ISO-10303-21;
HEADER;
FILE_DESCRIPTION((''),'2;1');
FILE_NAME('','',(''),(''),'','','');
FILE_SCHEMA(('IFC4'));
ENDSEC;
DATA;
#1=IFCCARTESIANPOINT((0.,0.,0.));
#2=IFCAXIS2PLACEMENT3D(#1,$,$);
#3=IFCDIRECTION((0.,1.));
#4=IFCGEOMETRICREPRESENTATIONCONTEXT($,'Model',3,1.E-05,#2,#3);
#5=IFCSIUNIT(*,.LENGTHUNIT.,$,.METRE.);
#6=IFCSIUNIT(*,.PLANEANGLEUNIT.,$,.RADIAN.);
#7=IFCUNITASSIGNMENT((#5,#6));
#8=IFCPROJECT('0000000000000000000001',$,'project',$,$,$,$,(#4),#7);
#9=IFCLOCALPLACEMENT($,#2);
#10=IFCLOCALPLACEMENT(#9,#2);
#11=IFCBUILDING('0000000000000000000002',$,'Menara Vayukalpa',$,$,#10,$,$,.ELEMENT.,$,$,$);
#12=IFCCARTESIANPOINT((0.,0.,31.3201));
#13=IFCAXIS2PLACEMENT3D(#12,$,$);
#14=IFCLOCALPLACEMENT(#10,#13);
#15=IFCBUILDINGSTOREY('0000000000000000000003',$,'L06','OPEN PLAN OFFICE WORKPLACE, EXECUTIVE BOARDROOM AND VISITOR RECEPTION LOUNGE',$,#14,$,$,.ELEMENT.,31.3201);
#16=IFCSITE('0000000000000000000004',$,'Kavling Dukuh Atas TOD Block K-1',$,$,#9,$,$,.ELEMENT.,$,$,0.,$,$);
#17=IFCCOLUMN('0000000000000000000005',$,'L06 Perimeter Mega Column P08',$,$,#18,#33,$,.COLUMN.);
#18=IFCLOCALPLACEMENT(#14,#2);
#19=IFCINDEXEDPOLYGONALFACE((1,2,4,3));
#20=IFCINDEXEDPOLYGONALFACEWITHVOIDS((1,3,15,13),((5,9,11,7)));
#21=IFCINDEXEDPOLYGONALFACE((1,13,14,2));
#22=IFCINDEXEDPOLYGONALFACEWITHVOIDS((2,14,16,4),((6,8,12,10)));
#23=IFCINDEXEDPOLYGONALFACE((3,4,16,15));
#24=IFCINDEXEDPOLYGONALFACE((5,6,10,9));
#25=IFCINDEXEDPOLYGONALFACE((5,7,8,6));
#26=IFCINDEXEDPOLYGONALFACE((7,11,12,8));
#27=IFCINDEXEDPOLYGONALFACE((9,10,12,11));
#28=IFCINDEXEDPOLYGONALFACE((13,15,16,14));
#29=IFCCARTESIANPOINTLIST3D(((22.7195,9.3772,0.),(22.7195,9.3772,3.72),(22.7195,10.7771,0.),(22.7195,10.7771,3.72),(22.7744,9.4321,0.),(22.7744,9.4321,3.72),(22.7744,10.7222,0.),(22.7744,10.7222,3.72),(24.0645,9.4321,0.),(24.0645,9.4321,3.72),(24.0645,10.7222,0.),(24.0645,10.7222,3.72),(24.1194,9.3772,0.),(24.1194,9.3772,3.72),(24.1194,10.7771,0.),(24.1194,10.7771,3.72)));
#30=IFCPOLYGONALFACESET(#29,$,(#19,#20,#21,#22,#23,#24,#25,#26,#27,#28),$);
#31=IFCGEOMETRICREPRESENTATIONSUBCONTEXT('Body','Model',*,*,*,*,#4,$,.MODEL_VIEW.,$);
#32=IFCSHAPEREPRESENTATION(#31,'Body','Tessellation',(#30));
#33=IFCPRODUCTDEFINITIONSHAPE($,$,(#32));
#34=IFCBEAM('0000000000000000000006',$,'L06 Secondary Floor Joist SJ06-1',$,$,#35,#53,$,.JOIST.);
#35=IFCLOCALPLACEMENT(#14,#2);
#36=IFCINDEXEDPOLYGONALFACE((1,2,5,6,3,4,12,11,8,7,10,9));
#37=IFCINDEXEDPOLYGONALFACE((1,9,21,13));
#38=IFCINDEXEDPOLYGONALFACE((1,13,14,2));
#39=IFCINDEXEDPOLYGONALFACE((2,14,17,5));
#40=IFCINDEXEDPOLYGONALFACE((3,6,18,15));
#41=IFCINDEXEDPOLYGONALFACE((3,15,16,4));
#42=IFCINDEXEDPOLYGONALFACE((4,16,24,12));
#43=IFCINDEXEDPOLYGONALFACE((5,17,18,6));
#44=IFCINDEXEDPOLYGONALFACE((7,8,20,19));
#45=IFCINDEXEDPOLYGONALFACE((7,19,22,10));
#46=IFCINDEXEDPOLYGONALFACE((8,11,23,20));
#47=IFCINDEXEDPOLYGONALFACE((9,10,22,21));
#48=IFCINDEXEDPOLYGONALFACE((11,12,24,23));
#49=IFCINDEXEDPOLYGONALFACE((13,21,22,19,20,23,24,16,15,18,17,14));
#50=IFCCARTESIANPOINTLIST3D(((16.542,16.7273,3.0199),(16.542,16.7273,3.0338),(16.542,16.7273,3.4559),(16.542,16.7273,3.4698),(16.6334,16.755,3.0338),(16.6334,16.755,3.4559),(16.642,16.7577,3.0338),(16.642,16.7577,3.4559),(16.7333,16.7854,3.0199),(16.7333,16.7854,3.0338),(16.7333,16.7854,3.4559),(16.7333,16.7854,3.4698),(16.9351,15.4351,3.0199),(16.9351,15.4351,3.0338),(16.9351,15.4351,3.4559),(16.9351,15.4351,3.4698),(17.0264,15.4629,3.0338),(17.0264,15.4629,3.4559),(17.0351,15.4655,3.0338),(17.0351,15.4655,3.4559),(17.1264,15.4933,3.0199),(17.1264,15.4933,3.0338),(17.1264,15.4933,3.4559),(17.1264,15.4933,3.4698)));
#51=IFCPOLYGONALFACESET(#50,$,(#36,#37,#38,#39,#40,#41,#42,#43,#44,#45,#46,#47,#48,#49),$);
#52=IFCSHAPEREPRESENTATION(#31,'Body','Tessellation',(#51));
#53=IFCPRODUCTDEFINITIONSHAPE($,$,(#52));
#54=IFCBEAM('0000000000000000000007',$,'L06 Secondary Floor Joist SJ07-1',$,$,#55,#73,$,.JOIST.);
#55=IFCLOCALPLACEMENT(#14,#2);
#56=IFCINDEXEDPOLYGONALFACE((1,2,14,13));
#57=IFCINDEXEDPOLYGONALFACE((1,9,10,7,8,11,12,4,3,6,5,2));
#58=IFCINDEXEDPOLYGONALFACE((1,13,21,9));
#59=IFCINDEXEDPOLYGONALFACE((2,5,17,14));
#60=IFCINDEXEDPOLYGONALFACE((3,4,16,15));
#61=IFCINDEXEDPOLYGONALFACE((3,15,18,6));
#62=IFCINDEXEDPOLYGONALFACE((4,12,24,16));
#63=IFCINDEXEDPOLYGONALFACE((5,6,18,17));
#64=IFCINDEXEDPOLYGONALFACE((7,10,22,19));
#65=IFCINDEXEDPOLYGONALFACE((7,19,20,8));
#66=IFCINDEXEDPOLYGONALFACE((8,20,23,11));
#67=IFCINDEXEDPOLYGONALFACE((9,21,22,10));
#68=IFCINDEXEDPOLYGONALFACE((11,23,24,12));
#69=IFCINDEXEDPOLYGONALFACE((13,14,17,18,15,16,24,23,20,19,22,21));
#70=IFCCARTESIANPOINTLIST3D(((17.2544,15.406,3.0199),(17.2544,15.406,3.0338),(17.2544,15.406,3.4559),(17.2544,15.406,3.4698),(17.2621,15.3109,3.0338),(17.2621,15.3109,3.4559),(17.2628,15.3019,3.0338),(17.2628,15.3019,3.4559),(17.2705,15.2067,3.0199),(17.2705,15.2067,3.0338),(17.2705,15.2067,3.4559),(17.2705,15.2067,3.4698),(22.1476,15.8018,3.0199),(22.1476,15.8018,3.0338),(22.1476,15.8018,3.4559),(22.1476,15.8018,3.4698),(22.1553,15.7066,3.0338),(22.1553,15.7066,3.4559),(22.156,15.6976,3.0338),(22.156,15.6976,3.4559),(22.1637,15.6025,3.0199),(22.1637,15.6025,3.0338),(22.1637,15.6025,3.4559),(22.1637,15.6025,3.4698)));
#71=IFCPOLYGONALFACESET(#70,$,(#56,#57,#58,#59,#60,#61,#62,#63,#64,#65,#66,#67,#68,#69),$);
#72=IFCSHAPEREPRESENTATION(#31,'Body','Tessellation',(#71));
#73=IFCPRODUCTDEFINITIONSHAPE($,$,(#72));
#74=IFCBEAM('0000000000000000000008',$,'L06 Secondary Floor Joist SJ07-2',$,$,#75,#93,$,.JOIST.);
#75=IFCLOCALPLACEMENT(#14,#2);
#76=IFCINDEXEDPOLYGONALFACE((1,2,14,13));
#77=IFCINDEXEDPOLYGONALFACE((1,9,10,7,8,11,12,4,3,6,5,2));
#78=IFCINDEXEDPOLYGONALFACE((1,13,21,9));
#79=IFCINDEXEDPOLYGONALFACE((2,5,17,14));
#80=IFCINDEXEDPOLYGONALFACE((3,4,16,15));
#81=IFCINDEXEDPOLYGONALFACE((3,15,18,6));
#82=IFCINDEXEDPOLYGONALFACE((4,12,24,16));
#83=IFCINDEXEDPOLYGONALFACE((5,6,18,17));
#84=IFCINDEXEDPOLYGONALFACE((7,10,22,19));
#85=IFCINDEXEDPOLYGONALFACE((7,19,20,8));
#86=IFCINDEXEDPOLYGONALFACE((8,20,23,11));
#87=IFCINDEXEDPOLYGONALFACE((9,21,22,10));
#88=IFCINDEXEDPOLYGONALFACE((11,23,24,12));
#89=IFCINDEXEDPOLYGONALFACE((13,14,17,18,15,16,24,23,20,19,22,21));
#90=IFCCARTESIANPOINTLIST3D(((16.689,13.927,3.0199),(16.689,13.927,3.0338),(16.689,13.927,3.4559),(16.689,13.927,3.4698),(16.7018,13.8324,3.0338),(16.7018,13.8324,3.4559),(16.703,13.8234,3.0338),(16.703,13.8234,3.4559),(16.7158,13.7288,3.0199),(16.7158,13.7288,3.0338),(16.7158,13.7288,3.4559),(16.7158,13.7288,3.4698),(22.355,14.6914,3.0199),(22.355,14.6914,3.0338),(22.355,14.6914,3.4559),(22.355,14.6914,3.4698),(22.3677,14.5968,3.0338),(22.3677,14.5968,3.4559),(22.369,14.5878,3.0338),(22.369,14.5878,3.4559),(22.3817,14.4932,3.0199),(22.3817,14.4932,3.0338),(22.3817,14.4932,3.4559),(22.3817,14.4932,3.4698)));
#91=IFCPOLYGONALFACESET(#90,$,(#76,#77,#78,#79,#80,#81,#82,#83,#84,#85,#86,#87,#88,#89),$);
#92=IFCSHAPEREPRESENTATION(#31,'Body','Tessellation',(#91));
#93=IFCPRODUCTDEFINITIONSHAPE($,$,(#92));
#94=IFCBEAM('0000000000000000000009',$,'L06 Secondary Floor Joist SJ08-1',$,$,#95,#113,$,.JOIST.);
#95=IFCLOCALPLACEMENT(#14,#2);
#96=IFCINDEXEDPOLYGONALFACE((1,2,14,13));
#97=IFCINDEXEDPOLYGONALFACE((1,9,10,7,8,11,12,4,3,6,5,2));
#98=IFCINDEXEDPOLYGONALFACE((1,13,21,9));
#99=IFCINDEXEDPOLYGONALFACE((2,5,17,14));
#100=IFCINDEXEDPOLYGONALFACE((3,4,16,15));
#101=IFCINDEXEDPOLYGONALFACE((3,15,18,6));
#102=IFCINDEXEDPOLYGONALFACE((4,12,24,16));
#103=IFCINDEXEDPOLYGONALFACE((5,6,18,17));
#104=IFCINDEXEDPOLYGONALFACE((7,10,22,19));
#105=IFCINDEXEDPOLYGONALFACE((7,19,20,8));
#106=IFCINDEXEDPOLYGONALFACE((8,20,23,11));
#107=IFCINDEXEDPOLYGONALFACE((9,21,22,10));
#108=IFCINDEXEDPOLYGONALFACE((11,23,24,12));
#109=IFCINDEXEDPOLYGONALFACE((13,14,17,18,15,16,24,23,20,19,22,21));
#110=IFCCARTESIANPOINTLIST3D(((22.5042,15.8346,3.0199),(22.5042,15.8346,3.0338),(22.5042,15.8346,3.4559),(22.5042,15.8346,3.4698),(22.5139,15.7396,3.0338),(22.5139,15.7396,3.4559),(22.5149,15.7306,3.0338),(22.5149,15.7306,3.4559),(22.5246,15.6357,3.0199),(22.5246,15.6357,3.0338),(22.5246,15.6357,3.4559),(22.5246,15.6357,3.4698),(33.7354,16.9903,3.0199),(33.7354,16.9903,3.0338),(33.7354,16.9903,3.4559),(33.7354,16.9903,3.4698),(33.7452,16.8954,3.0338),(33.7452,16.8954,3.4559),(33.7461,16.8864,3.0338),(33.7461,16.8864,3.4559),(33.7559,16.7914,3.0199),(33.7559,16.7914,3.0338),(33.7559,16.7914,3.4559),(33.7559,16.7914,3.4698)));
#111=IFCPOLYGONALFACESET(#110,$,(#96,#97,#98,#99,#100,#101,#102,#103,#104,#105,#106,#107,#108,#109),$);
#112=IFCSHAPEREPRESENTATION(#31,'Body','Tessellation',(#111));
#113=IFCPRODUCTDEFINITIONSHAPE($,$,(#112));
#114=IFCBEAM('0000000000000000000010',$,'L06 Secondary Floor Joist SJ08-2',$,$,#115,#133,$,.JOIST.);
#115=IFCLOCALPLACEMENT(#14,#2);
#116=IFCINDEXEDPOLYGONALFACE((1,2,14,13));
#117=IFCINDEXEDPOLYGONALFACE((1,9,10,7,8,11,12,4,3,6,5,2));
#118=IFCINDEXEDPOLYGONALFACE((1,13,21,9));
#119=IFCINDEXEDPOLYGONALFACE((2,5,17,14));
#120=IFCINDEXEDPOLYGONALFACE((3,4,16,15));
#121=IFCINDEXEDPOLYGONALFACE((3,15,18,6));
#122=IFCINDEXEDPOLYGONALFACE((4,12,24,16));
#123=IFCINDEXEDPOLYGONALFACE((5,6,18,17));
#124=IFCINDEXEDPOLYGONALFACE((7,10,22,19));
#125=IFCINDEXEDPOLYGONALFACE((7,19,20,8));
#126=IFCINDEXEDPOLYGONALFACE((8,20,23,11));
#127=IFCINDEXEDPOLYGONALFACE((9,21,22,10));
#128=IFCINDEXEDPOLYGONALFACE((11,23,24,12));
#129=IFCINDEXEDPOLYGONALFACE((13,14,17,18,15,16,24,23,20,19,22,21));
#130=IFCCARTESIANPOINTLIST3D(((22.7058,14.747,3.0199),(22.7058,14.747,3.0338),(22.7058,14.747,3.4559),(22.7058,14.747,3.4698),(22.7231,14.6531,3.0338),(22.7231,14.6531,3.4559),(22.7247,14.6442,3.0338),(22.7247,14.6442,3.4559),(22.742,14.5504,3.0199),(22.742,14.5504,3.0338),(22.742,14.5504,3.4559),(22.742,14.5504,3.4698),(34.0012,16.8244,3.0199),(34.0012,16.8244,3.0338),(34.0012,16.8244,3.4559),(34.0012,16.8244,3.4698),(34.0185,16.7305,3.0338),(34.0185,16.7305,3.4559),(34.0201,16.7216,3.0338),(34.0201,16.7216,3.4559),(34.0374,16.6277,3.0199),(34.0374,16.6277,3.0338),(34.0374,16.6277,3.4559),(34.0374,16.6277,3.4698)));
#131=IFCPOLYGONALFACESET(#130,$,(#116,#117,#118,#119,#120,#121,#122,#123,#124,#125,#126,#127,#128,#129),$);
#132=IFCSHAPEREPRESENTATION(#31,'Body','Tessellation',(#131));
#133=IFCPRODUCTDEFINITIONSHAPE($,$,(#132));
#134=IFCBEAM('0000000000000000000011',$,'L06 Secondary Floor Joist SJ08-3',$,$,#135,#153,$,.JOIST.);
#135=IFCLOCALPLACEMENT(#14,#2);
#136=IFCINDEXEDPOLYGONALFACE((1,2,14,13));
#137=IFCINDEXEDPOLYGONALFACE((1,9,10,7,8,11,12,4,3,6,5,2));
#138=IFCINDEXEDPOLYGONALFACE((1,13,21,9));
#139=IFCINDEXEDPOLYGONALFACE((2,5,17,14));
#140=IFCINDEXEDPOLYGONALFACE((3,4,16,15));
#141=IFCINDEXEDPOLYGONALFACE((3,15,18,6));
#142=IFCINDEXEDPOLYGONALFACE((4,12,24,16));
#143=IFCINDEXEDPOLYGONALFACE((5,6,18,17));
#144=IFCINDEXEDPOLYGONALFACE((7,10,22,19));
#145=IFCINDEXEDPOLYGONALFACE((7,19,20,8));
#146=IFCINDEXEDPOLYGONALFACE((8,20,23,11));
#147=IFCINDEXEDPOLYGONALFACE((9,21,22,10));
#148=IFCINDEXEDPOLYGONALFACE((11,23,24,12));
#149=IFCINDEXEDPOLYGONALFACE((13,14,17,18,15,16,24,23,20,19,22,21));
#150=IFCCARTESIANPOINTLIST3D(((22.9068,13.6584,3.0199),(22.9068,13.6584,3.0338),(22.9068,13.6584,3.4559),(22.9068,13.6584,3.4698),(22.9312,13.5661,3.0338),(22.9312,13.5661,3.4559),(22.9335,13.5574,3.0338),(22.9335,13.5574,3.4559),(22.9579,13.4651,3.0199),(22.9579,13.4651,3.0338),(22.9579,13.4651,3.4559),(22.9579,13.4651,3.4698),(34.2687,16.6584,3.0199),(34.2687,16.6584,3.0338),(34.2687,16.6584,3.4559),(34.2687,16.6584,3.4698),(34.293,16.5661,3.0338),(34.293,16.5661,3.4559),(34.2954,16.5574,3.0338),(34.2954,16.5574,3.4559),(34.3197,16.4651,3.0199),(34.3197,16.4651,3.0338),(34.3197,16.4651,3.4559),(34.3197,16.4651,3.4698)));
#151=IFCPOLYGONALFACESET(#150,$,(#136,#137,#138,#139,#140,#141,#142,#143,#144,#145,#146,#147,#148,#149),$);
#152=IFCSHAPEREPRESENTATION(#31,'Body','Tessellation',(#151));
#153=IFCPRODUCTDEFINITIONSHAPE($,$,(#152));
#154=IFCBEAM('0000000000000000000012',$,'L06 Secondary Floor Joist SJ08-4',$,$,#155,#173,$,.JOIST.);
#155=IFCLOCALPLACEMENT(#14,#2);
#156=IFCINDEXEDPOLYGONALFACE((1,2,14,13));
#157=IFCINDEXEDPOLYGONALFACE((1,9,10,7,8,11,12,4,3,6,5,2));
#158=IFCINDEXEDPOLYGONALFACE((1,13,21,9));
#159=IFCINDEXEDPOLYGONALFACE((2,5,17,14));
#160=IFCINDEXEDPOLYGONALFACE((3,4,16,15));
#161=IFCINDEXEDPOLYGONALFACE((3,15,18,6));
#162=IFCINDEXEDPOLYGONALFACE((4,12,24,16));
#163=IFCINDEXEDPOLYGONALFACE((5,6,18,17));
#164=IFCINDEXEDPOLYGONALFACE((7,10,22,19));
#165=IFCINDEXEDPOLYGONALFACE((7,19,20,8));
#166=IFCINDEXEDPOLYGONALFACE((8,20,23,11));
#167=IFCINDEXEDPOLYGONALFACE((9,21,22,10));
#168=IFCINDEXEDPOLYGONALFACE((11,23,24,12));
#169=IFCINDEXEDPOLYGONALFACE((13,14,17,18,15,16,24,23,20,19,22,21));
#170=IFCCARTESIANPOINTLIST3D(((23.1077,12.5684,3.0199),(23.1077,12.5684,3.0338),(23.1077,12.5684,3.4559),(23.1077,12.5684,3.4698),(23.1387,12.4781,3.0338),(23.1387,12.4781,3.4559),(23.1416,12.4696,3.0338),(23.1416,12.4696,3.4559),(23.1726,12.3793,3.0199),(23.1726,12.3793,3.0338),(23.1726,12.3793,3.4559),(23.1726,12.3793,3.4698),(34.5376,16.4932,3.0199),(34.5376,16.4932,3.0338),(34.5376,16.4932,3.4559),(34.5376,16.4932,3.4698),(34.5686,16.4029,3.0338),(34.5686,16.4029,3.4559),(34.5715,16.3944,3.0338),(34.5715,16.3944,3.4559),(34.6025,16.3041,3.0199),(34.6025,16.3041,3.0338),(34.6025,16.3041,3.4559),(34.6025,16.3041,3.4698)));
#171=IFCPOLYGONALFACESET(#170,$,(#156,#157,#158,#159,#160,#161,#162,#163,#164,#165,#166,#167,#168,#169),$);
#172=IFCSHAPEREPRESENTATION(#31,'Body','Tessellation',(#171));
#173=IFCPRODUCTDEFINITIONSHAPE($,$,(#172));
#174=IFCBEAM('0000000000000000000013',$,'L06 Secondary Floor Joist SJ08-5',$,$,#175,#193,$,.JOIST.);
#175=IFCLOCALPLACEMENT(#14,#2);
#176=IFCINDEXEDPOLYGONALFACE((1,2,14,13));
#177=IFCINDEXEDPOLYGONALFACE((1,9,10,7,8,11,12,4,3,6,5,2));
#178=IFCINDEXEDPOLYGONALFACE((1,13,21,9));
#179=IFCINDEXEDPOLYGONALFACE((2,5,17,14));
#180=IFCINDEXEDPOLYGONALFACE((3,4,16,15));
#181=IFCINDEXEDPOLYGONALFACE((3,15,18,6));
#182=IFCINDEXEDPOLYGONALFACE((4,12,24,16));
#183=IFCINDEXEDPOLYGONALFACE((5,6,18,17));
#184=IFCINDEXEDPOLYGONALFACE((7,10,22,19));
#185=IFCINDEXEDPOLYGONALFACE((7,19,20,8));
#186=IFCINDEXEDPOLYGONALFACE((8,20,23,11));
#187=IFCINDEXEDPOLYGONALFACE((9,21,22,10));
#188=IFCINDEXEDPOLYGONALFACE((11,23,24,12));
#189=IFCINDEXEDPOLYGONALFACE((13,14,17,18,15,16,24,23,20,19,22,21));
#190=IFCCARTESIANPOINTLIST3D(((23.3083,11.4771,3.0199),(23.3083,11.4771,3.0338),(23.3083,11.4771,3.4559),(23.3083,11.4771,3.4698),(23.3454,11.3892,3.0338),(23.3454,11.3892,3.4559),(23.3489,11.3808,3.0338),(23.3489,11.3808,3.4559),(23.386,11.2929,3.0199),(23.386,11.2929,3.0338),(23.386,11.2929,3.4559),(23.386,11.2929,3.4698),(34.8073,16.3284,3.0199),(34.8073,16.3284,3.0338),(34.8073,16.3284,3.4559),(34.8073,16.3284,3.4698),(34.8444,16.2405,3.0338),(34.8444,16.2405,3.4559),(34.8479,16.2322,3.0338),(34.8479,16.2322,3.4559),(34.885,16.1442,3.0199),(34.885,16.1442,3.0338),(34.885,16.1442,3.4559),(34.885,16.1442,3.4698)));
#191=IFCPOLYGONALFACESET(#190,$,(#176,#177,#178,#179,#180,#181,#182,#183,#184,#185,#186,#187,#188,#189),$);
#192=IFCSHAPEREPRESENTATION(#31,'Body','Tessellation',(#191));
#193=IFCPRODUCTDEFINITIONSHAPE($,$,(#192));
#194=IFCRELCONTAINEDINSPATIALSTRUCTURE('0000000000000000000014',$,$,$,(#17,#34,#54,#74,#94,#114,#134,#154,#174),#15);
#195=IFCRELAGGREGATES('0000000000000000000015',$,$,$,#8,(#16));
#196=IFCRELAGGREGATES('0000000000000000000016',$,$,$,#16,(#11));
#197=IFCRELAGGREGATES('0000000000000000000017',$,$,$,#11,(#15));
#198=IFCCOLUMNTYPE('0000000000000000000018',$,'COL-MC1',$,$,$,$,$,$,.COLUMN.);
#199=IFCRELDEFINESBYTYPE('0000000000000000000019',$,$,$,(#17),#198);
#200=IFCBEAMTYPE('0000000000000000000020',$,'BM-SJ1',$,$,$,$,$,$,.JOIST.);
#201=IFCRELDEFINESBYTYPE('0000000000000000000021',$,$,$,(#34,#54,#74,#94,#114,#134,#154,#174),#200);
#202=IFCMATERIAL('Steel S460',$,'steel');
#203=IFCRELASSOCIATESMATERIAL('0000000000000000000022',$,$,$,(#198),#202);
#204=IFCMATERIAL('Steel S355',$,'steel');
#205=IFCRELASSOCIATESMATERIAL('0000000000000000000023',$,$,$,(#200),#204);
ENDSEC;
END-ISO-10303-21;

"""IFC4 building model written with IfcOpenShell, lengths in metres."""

from ifc_helpers import new_model, si_unit, direction, frame, origin, origin_2d, place, context, subcontext, project, spatial, hollow_rectangle, i_section, extrude, material, material_profile, profile_set, type_object, element, save


model = new_model("IFC4")

# Units and contexts
model_context = context("Model", 3, precision=1e-05, world=origin(), true_north=direction((0.0, 1.0)))
body_context = subcontext(model_context, "Body", "Model", "MODEL_VIEW")
ifc_project = project(units=[si_unit("LENGTHUNIT", "METRE"), si_unit("PLANEANGLEUNIT", "RADIAN")], contexts=[model_context])

# Site, building, storey
site_placement = place(None, origin())
site = spatial("IfcSite", under=ifc_project, at=site_placement, Name="Kavling Dukuh Atas TOD Block K-1", CompositionType="ELEMENT", RefElevation=0.0)
building_placement = place(site_placement, origin())
building = spatial("IfcBuilding", under=site, at=building_placement, Name="Menara Vayukalpa", CompositionType="ELEMENT")
storey_placement = place(building_placement, frame((0.0, 0.0, 31.3201)))
storey = spatial("IfcBuildingStorey", under=building, at=storey_placement, Name="L06", Description="OPEN PLAN OFFICE WORKPLACE, EXECUTIVE BOARDROOM AND VISITOR RECEPTION LOUNGE", CompositionType="ELEMENT", Elevation=31.3201)

# Column
ifc_material_1 = material(Name="Steel S460", Category="steel")
ifc_material_profile_1 = material_profile(ifc_material_1, hollow_rectangle(XDim=1.3999, YDim=1.3999, WallThickness=0.0549, at=origin_2d()), Name="BOX 1400x1400x55")
ifc_profile_set_1 = profile_set([ifc_material_profile_1], Name="Steel S460")
column_type = type_object("IfcColumnType", Name="COL-MC1", PredefinedType="COLUMN", material=ifc_profile_set_1)
column_placement = place(storey_placement, frame((23.4194, 10.0771, 0.0), z_axis=(0.0, 0.0, 1.0), x_axis=(1.0, 0.0, 0.0)))
element("IfcColumn", 1, at=column_placement, inside=storey, type_object=column_type, Name="L06 Perimeter Mega Column P08", PredefinedType="COLUMN", context=body_context, shape_type="SweptSolid", body=[
    extrude(hollow_rectangle(XDim=1.3999, YDim=1.3999, WallThickness=0.0549, at=origin_2d()), origin(), (0.0, 0.0, 1.0), 3.72),
])

# Beams
ifc_material_2 = material(Name="Steel S355", Category="steel")
ifc_material_profile_2 = material_profile(ifc_material_2, i_section(OverallWidth=0.2, OverallDepth=0.45, WebThickness=0.009, FlangeThickness=0.0139, at=origin_2d()), Name="WF 450x200x9x14")
ifc_profile_set_2 = profile_set([ifc_material_profile_2], Name="Steel S355")
beam_type_1 = type_object("IfcBeamType", Name="BM-SJ1", PredefinedType="JOIST", material=ifc_profile_set_2)
beam_1_placement = place(storey_placement, frame((16.6377, 16.7563, 3.2449), z_axis=(0.291011, -0.95672, 0.0), x_axis=(0.95672, 0.291011, 0.0)))
element("IfcBeam", 2, at=beam_1_placement, inside=storey, type_object=beam_type_1, Name="L06 Secondary Floor Joist SJ06-1", PredefinedType="JOIST", context=body_context, shape_type="SweptSolid", body=[
    extrude(i_section(OverallWidth=0.2, OverallDepth=0.45, WebThickness=0.009, FlangeThickness=0.0139, at=origin_2d()), origin(), (0.0, 0.0, 1.0), 1.3506),
])
beam_2_placement = place(storey_placement, frame((17.2625, 15.3064, 3.2449), z_axis=(0.996745, 0.080613, 0.0), x_axis=(-0.080613, 0.996745, 0.0)))
element("IfcBeam", 3, at=beam_2_placement, inside=storey, type_object=beam_type_1, Name="L06 Secondary Floor Joist SJ07-1", PredefinedType="JOIST", context=body_context, shape_type="SweptSolid", body=[
    extrude(i_section(OverallWidth=0.2, OverallDepth=0.45, WebThickness=0.009, FlangeThickness=0.0139, at=origin_2d()), origin(), (0.0, 0.0, 1.0), 4.9092),
])
beam_3_placement = place(storey_placement, frame((16.7024, 13.8279, 3.2449), z_axis=(0.991022, 0.133699, 0.0), x_axis=(-0.133699, 0.991022, 0.0)))
element("IfcBeam", 4, at=beam_3_placement, inside=storey, type_object=beam_type_1, Name="L06 Secondary Floor Joist SJ07-2", PredefinedType="JOIST", context=body_context, shape_type="SweptSolid", body=[
    extrude(i_section(OverallWidth=0.2, OverallDepth=0.45, WebThickness=0.009, FlangeThickness=0.0139, at=origin_2d()), origin(), (0.0, 0.0, 1.0), 5.7173),
])
beam_4_placement = place(storey_placement, frame((22.5144, 15.7351, 3.2449), z_axis=(0.994747, 0.102366, 0.0), x_axis=(-0.102366, 0.994747, 0.0)))
element("IfcBeam", 5, at=beam_4_placement, inside=storey, type_object=beam_type_1, Name="L06 Secondary Floor Joist SJ08-1", PredefinedType="JOIST", context=body_context, shape_type="SweptSolid", body=[
    extrude(i_section(OverallWidth=0.2, OverallDepth=0.45, WebThickness=0.009, FlangeThickness=0.0139, at=origin_2d()), origin(), (0.0, 0.0, 1.0), 11.2905),
])
beam_5_placement = place(storey_placement, frame((22.7239, 14.6487, 3.2449), z_axis=(0.983505, 0.180881, 0.0), x_axis=(-0.180881, 0.983505, 0.0)))
element("IfcBeam", 6, at=beam_5_placement, inside=storey, type_object=beam_type_1, Name="L06 Secondary Floor Joist SJ08-2", PredefinedType="JOIST", context=body_context, shape_type="SweptSolid", body=[
    extrude(i_section(OverallWidth=0.2, OverallDepth=0.45, WebThickness=0.009, FlangeThickness=0.0139, at=origin_2d()), origin(), (0.0, 0.0, 1.0), 11.4849),
])
beam_6_placement = place(storey_placement, frame((22.9324, 13.5618, 3.2449), z_axis=(0.966864, 0.255293, 0.0), x_axis=(-0.255293, 0.966864, 0.0)))
element("IfcBeam", 7, at=beam_6_placement, inside=storey, type_object=beam_type_1, Name="L06 Secondary Floor Joist SJ08-3", PredefinedType="JOIST", context=body_context, shape_type="SweptSolid", body=[
    extrude(i_section(OverallWidth=0.2, OverallDepth=0.45, WebThickness=0.009, FlangeThickness=0.0139, at=origin_2d()), origin(), (0.0, 0.0, 1.0), 11.7512),
])
beam_7_placement = place(storey_placement, frame((23.1401, 12.4739, 3.2449), z_axis=(0.945794, 0.324766, 0.0), x_axis=(-0.324766, 0.945794, 0.0)))
element("IfcBeam", 8, at=beam_7_placement, inside=storey, type_object=beam_type_1, Name="L06 Secondary Floor Joist SJ08-4", PredefinedType="JOIST", context=body_context, shape_type="SweptSolid", body=[
    extrude(i_section(OverallWidth=0.2, OverallDepth=0.45, WebThickness=0.009, FlangeThickness=0.0139, at=origin_2d()), origin(), (0.0, 0.0, 1.0), 12.085),
])
beam_8_placement = place(storey_placement, frame((23.3472, 11.385, 3.2449), z_axis=(0.921359, 0.388712, 0.0), x_axis=(-0.388712, 0.921359, 0.0)))
element("IfcBeam", 9, at=beam_8_placement, inside=storey, type_object=beam_type_1, Name="L06 Secondary Floor Joist SJ08-5", PredefinedType="JOIST", context=body_context, shape_type="SweptSolid", body=[
    extrude(i_section(OverallWidth=0.2, OverallDepth=0.45, WebThickness=0.009, FlangeThickness=0.0139, at=origin_2d()), origin(), (0.0, 0.0, 1.0), 12.4805),
])

save(model, "model.ifc")
